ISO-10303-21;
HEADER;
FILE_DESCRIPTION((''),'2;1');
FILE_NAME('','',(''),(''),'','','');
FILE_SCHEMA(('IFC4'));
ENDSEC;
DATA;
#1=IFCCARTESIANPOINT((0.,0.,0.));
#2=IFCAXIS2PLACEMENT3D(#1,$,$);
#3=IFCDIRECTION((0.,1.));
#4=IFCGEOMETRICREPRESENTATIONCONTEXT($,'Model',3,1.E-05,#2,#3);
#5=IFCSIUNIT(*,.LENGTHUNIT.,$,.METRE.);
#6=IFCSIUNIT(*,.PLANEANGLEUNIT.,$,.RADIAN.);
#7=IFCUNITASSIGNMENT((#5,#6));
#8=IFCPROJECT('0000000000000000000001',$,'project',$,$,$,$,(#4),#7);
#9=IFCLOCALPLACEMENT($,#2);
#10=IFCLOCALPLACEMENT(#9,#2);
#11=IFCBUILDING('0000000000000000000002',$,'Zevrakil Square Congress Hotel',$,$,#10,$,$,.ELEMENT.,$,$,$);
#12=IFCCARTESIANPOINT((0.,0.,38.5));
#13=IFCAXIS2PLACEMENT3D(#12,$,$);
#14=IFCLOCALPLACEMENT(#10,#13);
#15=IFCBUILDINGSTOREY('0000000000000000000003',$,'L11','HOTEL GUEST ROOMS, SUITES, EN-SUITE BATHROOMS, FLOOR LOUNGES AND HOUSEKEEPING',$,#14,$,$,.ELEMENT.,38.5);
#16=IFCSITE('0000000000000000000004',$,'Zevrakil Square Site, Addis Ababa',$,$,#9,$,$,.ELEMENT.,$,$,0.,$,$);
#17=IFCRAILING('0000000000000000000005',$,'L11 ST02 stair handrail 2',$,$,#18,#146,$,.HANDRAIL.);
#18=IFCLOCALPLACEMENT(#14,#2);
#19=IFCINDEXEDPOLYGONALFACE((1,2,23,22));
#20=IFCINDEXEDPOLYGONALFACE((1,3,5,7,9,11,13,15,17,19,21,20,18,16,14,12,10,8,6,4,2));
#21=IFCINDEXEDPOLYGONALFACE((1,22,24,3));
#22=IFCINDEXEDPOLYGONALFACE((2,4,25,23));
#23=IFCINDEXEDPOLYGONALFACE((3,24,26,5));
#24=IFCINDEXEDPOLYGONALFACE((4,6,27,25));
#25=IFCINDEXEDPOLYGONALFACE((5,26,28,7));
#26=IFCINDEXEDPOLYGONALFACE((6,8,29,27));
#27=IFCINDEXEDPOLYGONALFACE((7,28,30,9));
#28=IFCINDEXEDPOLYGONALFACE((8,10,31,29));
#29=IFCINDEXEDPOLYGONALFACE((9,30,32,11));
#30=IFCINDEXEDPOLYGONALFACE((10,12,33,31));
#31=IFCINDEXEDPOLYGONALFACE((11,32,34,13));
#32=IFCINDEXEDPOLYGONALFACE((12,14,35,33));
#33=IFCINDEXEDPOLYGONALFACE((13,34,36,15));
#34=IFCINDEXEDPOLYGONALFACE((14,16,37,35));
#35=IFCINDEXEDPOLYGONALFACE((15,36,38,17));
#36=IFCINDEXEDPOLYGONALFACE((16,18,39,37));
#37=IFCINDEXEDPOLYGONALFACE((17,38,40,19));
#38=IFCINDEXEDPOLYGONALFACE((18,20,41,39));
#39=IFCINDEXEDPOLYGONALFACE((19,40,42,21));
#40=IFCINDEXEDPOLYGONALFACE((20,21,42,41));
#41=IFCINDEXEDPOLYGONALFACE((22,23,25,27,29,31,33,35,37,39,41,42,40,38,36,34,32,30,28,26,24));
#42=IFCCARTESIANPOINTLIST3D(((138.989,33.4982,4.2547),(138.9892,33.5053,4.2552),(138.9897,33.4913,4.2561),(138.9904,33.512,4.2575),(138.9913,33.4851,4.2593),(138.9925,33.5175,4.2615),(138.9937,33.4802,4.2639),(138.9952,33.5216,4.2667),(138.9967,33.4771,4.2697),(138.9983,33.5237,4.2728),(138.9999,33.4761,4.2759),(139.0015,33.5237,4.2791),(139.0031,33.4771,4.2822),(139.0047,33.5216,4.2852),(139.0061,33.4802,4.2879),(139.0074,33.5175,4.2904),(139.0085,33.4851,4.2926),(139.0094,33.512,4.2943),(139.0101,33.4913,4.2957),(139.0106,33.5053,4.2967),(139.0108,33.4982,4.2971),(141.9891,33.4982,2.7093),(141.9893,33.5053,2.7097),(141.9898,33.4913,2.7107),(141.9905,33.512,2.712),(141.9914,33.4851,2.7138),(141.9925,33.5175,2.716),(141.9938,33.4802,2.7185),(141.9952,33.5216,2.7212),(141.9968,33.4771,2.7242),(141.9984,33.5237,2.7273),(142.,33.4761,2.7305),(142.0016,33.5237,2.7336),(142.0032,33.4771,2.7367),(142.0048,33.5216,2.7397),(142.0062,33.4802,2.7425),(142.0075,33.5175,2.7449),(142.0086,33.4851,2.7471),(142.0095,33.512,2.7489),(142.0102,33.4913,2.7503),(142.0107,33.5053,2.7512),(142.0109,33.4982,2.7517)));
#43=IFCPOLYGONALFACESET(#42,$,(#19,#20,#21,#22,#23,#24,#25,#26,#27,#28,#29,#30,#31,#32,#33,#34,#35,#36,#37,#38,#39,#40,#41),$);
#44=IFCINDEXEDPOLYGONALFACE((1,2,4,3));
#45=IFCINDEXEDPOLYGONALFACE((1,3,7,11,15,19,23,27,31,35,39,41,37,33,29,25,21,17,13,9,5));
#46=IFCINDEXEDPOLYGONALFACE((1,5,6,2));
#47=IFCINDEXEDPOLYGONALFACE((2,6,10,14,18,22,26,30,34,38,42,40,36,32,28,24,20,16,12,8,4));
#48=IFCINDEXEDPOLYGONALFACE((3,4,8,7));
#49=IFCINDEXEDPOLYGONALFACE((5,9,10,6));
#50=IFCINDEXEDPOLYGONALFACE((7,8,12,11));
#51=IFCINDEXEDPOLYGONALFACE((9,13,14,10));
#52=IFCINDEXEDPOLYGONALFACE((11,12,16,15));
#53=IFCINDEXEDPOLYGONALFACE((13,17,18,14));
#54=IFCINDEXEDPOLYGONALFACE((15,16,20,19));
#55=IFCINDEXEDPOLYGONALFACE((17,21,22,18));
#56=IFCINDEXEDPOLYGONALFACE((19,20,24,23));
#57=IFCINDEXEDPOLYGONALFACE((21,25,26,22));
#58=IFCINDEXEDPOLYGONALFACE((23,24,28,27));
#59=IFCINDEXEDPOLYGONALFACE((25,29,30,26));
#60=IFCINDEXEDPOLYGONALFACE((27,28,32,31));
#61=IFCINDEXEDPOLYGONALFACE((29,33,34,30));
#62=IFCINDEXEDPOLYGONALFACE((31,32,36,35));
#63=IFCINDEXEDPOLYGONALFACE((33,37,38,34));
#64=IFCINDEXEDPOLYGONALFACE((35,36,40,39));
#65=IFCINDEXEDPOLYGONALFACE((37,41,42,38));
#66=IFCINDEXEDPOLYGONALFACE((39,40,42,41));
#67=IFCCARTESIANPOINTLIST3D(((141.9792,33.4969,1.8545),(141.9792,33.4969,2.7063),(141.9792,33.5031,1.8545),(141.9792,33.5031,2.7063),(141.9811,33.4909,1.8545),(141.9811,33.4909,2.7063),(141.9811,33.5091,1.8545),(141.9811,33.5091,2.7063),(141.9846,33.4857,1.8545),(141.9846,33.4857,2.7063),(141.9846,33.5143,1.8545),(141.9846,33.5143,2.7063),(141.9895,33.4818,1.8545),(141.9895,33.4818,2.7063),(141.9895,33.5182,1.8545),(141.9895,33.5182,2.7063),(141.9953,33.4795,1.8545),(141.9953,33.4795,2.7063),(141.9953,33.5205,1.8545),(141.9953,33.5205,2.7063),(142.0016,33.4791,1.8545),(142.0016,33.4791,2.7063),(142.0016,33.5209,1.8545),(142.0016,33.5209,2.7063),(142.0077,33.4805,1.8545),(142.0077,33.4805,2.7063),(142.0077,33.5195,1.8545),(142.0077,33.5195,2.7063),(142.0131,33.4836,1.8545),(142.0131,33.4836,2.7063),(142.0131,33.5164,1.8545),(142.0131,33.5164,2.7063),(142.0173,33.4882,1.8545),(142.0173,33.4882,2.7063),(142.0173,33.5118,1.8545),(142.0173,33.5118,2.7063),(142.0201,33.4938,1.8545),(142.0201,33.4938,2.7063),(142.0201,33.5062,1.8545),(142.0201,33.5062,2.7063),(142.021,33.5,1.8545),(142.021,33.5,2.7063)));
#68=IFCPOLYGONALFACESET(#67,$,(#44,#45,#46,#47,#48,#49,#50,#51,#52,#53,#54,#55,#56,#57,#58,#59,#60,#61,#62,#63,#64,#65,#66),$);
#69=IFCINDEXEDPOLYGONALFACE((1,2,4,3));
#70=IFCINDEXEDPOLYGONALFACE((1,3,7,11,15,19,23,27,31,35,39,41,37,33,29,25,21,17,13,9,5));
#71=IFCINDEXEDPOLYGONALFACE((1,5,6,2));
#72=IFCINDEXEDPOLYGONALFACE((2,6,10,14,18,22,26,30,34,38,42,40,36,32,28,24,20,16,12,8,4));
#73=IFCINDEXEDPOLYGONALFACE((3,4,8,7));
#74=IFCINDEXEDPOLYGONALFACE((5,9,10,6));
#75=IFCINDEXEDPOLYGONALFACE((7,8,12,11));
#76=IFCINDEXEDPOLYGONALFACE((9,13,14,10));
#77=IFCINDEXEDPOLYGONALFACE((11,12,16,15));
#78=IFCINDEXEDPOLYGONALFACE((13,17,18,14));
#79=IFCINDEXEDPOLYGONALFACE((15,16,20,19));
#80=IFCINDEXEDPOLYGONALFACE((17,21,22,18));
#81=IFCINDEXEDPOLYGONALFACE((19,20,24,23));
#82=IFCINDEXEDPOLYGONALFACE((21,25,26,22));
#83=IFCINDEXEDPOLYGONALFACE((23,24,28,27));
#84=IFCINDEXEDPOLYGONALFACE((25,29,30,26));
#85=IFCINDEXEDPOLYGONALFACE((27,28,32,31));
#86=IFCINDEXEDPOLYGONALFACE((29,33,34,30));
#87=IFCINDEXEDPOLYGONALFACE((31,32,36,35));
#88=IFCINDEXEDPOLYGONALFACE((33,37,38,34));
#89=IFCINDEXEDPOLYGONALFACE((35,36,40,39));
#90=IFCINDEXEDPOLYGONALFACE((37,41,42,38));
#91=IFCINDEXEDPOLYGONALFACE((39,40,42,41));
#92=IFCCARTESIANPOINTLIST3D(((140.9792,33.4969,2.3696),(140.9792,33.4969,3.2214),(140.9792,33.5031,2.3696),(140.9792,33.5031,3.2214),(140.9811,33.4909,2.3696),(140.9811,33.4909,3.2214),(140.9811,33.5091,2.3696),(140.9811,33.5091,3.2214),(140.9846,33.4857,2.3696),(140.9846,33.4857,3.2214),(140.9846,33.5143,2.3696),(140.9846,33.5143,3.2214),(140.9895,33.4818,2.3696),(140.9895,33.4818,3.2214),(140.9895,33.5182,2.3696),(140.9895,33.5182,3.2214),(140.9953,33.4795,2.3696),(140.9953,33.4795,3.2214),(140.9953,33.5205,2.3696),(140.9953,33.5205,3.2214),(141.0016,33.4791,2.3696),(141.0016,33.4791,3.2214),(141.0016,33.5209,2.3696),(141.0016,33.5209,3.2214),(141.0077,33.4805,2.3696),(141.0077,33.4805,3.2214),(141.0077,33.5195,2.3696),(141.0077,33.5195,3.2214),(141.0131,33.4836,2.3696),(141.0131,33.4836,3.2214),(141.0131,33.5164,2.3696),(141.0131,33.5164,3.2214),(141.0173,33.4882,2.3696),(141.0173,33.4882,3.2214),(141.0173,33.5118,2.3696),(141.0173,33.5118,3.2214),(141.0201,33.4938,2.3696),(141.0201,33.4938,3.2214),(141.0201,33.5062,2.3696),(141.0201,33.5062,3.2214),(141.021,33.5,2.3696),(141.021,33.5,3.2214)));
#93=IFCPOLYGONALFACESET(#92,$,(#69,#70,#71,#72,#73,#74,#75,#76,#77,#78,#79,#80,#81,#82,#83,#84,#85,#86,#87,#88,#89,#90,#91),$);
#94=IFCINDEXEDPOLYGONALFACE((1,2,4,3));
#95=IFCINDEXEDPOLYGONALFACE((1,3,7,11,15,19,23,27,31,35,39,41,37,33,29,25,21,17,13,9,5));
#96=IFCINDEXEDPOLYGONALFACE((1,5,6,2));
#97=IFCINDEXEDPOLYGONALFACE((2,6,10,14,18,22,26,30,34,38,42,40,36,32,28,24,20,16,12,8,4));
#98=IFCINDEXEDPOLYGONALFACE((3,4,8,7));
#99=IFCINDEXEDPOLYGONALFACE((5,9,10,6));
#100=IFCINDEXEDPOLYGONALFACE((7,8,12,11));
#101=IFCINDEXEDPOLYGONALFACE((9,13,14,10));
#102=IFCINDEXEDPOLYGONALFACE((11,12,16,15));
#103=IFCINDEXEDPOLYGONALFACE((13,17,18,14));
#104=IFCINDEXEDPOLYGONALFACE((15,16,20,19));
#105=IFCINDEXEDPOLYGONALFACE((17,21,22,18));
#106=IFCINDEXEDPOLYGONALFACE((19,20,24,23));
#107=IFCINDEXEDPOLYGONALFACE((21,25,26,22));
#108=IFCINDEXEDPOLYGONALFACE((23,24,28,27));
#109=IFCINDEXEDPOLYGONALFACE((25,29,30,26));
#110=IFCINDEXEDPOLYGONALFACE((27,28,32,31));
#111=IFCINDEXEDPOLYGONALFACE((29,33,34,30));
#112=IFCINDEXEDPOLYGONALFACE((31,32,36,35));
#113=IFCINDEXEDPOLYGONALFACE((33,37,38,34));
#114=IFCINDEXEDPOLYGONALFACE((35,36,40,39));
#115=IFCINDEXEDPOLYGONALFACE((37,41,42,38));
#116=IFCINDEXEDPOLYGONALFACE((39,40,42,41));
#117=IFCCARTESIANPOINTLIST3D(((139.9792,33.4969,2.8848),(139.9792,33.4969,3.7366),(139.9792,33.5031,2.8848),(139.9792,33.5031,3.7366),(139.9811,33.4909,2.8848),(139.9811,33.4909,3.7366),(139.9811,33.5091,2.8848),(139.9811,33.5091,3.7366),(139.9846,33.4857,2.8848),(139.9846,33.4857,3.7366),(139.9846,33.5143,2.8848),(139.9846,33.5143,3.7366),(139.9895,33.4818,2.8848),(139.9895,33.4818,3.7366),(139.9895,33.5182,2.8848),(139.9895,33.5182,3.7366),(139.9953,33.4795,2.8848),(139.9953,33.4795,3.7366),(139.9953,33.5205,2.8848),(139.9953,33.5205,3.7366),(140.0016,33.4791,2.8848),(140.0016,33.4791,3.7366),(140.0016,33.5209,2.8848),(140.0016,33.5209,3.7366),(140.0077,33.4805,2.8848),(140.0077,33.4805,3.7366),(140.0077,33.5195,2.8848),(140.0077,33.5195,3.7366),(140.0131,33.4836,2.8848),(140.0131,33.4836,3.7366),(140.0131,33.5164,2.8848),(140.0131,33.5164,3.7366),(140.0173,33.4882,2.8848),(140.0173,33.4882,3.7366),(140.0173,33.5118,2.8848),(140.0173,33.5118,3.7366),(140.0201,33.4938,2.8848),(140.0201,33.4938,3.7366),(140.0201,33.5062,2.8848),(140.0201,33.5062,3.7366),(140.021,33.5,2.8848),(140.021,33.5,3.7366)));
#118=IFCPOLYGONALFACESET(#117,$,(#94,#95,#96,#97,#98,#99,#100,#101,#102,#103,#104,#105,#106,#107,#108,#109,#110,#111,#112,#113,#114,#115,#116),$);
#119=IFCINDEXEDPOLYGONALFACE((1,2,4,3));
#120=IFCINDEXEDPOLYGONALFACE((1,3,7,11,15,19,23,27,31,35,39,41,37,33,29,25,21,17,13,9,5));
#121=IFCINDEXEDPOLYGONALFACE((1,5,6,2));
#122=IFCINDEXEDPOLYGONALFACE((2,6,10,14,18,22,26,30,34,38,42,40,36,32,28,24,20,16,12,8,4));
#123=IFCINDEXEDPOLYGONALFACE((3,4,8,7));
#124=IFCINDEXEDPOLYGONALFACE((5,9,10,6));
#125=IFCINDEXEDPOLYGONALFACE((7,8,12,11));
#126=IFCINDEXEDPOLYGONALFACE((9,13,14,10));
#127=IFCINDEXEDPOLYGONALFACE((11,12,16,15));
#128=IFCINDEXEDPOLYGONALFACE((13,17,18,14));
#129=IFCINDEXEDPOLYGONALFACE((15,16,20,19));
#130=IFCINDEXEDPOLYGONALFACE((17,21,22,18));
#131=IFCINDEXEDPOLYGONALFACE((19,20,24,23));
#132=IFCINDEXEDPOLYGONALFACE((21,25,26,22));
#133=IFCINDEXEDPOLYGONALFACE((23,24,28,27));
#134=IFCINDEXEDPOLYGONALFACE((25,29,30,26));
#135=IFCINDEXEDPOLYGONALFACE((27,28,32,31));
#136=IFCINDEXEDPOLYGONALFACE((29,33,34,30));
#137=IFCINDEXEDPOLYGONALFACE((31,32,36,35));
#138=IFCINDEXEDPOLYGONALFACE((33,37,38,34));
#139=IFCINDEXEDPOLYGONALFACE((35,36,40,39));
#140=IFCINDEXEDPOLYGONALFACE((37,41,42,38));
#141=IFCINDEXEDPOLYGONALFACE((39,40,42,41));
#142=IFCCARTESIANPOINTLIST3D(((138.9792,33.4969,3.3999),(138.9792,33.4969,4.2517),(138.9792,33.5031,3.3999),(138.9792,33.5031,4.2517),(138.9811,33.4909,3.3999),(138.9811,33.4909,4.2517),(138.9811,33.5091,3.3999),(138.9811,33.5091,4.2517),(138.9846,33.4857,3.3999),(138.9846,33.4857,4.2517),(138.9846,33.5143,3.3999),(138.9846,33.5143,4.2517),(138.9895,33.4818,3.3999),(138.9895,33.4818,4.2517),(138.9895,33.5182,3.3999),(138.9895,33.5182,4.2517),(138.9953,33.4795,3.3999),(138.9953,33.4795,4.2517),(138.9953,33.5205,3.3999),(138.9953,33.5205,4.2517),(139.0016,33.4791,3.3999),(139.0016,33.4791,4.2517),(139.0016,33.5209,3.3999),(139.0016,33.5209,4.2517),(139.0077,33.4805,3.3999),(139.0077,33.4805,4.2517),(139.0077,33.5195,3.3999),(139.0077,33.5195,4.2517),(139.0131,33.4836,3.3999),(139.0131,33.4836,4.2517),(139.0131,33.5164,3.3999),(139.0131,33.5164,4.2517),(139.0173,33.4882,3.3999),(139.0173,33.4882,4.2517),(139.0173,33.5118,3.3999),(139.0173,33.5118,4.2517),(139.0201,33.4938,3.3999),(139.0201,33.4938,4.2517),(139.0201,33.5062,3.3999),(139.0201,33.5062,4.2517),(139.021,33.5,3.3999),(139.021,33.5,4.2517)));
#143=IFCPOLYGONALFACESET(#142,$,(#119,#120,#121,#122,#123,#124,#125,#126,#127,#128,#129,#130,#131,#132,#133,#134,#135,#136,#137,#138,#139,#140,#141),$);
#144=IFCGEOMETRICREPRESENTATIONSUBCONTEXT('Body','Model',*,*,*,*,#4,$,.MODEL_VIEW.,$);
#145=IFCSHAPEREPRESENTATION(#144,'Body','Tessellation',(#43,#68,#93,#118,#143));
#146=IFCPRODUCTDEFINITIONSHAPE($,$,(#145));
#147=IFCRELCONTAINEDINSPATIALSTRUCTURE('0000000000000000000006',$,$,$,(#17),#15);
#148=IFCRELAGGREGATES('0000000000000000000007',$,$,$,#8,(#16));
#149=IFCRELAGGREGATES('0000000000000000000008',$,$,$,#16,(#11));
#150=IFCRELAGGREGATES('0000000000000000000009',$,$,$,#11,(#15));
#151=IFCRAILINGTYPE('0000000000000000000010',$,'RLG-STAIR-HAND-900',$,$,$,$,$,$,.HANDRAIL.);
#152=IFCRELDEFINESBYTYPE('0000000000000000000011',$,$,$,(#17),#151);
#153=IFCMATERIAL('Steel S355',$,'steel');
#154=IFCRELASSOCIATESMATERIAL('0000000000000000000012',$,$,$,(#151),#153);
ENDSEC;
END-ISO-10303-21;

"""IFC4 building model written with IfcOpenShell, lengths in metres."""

from ifc_helpers import new_model, si_unit, direction, frame, origin, origin_2d, place, context, subcontext, project, spatial, circle, extrude, material, type_object, element, save


model = new_model("IFC4")

# Units and contexts
model_context = context("Model", 3, precision=1e-05, world=origin(), true_north=direction((0.0, 1.0)))
body_context = subcontext(model_context, "Body", "Model", "MODEL_VIEW")
ifc_project = project(units=[si_unit("LENGTHUNIT", "METRE"), si_unit("PLANEANGLEUNIT", "RADIAN")], contexts=[model_context])

# Site, building, storey
site_placement = place(None, origin())
site = spatial("IfcSite", under=ifc_project, at=site_placement, Name="Zevrakil Square Site, Addis Ababa", CompositionType="ELEMENT", RefElevation=0.0)
building_placement = place(site_placement, origin())
building = spatial("IfcBuilding", under=site, at=building_placement, Name="Zevrakil Square Congress Hotel", CompositionType="ELEMENT")
storey_placement = place(building_placement, frame((0.0, 0.0, 38.5)))
storey = spatial("IfcBuildingStorey", under=building, at=storey_placement, Name="L11", Description="HOTEL GUEST ROOMS, SUITES, EN-SUITE BATHROOMS, FLOOR LOUNGES AND HOUSEKEEPING", CompositionType="ELEMENT", Elevation=38.5)

# Railing
ifc_material_1 = material(Name="Steel S355", Category="steel")
railing_type_1 = type_object("IfcRailingType", Name="RLG-STAIR-HAND-900", PredefinedType="HANDRAIL", material=ifc_material_1)
railing_1_placement = place(storey_placement, frame((142.0, 33.5, 1.8545)))
element("IfcRailing", 1, at=railing_1_placement, inside=storey, type_object=railing_type_1, Name="L11 ST02 stair handrail 2", PredefinedType="HANDRAIL", context=body_context, shape_type="SweptSolid", body=[
    extrude(circle(Radius=0.0239, at=origin_2d()), frame((0.0, 0.0, 0.876), z_axis=(-0.88898, 0.0, 0.457946), x_axis=(0.0, -1.0, 0.0)), (0.0, 0.0, 1.0), 3.3748),
    extrude(circle(Radius=0.021, at=origin_2d()), origin(), (0.0, 0.0, 1.0), 0.8518),
    extrude(circle(Radius=0.021, at=origin_2d()), frame((-1.0, 0.0, 0.5151)), (0.0, 0.0, 1.0), 0.8518),
    extrude(circle(Radius=0.021, at=origin_2d()), frame((-2.0, 0.0, 1.0303)), (0.0, 0.0, 1.0), 0.8518),
    extrude(circle(Radius=0.021, at=origin_2d()), frame((-3.0, 0.0, 1.5454)), (0.0, 0.0, 1.0), 0.8518),
])

save(model, "model.ifc")
